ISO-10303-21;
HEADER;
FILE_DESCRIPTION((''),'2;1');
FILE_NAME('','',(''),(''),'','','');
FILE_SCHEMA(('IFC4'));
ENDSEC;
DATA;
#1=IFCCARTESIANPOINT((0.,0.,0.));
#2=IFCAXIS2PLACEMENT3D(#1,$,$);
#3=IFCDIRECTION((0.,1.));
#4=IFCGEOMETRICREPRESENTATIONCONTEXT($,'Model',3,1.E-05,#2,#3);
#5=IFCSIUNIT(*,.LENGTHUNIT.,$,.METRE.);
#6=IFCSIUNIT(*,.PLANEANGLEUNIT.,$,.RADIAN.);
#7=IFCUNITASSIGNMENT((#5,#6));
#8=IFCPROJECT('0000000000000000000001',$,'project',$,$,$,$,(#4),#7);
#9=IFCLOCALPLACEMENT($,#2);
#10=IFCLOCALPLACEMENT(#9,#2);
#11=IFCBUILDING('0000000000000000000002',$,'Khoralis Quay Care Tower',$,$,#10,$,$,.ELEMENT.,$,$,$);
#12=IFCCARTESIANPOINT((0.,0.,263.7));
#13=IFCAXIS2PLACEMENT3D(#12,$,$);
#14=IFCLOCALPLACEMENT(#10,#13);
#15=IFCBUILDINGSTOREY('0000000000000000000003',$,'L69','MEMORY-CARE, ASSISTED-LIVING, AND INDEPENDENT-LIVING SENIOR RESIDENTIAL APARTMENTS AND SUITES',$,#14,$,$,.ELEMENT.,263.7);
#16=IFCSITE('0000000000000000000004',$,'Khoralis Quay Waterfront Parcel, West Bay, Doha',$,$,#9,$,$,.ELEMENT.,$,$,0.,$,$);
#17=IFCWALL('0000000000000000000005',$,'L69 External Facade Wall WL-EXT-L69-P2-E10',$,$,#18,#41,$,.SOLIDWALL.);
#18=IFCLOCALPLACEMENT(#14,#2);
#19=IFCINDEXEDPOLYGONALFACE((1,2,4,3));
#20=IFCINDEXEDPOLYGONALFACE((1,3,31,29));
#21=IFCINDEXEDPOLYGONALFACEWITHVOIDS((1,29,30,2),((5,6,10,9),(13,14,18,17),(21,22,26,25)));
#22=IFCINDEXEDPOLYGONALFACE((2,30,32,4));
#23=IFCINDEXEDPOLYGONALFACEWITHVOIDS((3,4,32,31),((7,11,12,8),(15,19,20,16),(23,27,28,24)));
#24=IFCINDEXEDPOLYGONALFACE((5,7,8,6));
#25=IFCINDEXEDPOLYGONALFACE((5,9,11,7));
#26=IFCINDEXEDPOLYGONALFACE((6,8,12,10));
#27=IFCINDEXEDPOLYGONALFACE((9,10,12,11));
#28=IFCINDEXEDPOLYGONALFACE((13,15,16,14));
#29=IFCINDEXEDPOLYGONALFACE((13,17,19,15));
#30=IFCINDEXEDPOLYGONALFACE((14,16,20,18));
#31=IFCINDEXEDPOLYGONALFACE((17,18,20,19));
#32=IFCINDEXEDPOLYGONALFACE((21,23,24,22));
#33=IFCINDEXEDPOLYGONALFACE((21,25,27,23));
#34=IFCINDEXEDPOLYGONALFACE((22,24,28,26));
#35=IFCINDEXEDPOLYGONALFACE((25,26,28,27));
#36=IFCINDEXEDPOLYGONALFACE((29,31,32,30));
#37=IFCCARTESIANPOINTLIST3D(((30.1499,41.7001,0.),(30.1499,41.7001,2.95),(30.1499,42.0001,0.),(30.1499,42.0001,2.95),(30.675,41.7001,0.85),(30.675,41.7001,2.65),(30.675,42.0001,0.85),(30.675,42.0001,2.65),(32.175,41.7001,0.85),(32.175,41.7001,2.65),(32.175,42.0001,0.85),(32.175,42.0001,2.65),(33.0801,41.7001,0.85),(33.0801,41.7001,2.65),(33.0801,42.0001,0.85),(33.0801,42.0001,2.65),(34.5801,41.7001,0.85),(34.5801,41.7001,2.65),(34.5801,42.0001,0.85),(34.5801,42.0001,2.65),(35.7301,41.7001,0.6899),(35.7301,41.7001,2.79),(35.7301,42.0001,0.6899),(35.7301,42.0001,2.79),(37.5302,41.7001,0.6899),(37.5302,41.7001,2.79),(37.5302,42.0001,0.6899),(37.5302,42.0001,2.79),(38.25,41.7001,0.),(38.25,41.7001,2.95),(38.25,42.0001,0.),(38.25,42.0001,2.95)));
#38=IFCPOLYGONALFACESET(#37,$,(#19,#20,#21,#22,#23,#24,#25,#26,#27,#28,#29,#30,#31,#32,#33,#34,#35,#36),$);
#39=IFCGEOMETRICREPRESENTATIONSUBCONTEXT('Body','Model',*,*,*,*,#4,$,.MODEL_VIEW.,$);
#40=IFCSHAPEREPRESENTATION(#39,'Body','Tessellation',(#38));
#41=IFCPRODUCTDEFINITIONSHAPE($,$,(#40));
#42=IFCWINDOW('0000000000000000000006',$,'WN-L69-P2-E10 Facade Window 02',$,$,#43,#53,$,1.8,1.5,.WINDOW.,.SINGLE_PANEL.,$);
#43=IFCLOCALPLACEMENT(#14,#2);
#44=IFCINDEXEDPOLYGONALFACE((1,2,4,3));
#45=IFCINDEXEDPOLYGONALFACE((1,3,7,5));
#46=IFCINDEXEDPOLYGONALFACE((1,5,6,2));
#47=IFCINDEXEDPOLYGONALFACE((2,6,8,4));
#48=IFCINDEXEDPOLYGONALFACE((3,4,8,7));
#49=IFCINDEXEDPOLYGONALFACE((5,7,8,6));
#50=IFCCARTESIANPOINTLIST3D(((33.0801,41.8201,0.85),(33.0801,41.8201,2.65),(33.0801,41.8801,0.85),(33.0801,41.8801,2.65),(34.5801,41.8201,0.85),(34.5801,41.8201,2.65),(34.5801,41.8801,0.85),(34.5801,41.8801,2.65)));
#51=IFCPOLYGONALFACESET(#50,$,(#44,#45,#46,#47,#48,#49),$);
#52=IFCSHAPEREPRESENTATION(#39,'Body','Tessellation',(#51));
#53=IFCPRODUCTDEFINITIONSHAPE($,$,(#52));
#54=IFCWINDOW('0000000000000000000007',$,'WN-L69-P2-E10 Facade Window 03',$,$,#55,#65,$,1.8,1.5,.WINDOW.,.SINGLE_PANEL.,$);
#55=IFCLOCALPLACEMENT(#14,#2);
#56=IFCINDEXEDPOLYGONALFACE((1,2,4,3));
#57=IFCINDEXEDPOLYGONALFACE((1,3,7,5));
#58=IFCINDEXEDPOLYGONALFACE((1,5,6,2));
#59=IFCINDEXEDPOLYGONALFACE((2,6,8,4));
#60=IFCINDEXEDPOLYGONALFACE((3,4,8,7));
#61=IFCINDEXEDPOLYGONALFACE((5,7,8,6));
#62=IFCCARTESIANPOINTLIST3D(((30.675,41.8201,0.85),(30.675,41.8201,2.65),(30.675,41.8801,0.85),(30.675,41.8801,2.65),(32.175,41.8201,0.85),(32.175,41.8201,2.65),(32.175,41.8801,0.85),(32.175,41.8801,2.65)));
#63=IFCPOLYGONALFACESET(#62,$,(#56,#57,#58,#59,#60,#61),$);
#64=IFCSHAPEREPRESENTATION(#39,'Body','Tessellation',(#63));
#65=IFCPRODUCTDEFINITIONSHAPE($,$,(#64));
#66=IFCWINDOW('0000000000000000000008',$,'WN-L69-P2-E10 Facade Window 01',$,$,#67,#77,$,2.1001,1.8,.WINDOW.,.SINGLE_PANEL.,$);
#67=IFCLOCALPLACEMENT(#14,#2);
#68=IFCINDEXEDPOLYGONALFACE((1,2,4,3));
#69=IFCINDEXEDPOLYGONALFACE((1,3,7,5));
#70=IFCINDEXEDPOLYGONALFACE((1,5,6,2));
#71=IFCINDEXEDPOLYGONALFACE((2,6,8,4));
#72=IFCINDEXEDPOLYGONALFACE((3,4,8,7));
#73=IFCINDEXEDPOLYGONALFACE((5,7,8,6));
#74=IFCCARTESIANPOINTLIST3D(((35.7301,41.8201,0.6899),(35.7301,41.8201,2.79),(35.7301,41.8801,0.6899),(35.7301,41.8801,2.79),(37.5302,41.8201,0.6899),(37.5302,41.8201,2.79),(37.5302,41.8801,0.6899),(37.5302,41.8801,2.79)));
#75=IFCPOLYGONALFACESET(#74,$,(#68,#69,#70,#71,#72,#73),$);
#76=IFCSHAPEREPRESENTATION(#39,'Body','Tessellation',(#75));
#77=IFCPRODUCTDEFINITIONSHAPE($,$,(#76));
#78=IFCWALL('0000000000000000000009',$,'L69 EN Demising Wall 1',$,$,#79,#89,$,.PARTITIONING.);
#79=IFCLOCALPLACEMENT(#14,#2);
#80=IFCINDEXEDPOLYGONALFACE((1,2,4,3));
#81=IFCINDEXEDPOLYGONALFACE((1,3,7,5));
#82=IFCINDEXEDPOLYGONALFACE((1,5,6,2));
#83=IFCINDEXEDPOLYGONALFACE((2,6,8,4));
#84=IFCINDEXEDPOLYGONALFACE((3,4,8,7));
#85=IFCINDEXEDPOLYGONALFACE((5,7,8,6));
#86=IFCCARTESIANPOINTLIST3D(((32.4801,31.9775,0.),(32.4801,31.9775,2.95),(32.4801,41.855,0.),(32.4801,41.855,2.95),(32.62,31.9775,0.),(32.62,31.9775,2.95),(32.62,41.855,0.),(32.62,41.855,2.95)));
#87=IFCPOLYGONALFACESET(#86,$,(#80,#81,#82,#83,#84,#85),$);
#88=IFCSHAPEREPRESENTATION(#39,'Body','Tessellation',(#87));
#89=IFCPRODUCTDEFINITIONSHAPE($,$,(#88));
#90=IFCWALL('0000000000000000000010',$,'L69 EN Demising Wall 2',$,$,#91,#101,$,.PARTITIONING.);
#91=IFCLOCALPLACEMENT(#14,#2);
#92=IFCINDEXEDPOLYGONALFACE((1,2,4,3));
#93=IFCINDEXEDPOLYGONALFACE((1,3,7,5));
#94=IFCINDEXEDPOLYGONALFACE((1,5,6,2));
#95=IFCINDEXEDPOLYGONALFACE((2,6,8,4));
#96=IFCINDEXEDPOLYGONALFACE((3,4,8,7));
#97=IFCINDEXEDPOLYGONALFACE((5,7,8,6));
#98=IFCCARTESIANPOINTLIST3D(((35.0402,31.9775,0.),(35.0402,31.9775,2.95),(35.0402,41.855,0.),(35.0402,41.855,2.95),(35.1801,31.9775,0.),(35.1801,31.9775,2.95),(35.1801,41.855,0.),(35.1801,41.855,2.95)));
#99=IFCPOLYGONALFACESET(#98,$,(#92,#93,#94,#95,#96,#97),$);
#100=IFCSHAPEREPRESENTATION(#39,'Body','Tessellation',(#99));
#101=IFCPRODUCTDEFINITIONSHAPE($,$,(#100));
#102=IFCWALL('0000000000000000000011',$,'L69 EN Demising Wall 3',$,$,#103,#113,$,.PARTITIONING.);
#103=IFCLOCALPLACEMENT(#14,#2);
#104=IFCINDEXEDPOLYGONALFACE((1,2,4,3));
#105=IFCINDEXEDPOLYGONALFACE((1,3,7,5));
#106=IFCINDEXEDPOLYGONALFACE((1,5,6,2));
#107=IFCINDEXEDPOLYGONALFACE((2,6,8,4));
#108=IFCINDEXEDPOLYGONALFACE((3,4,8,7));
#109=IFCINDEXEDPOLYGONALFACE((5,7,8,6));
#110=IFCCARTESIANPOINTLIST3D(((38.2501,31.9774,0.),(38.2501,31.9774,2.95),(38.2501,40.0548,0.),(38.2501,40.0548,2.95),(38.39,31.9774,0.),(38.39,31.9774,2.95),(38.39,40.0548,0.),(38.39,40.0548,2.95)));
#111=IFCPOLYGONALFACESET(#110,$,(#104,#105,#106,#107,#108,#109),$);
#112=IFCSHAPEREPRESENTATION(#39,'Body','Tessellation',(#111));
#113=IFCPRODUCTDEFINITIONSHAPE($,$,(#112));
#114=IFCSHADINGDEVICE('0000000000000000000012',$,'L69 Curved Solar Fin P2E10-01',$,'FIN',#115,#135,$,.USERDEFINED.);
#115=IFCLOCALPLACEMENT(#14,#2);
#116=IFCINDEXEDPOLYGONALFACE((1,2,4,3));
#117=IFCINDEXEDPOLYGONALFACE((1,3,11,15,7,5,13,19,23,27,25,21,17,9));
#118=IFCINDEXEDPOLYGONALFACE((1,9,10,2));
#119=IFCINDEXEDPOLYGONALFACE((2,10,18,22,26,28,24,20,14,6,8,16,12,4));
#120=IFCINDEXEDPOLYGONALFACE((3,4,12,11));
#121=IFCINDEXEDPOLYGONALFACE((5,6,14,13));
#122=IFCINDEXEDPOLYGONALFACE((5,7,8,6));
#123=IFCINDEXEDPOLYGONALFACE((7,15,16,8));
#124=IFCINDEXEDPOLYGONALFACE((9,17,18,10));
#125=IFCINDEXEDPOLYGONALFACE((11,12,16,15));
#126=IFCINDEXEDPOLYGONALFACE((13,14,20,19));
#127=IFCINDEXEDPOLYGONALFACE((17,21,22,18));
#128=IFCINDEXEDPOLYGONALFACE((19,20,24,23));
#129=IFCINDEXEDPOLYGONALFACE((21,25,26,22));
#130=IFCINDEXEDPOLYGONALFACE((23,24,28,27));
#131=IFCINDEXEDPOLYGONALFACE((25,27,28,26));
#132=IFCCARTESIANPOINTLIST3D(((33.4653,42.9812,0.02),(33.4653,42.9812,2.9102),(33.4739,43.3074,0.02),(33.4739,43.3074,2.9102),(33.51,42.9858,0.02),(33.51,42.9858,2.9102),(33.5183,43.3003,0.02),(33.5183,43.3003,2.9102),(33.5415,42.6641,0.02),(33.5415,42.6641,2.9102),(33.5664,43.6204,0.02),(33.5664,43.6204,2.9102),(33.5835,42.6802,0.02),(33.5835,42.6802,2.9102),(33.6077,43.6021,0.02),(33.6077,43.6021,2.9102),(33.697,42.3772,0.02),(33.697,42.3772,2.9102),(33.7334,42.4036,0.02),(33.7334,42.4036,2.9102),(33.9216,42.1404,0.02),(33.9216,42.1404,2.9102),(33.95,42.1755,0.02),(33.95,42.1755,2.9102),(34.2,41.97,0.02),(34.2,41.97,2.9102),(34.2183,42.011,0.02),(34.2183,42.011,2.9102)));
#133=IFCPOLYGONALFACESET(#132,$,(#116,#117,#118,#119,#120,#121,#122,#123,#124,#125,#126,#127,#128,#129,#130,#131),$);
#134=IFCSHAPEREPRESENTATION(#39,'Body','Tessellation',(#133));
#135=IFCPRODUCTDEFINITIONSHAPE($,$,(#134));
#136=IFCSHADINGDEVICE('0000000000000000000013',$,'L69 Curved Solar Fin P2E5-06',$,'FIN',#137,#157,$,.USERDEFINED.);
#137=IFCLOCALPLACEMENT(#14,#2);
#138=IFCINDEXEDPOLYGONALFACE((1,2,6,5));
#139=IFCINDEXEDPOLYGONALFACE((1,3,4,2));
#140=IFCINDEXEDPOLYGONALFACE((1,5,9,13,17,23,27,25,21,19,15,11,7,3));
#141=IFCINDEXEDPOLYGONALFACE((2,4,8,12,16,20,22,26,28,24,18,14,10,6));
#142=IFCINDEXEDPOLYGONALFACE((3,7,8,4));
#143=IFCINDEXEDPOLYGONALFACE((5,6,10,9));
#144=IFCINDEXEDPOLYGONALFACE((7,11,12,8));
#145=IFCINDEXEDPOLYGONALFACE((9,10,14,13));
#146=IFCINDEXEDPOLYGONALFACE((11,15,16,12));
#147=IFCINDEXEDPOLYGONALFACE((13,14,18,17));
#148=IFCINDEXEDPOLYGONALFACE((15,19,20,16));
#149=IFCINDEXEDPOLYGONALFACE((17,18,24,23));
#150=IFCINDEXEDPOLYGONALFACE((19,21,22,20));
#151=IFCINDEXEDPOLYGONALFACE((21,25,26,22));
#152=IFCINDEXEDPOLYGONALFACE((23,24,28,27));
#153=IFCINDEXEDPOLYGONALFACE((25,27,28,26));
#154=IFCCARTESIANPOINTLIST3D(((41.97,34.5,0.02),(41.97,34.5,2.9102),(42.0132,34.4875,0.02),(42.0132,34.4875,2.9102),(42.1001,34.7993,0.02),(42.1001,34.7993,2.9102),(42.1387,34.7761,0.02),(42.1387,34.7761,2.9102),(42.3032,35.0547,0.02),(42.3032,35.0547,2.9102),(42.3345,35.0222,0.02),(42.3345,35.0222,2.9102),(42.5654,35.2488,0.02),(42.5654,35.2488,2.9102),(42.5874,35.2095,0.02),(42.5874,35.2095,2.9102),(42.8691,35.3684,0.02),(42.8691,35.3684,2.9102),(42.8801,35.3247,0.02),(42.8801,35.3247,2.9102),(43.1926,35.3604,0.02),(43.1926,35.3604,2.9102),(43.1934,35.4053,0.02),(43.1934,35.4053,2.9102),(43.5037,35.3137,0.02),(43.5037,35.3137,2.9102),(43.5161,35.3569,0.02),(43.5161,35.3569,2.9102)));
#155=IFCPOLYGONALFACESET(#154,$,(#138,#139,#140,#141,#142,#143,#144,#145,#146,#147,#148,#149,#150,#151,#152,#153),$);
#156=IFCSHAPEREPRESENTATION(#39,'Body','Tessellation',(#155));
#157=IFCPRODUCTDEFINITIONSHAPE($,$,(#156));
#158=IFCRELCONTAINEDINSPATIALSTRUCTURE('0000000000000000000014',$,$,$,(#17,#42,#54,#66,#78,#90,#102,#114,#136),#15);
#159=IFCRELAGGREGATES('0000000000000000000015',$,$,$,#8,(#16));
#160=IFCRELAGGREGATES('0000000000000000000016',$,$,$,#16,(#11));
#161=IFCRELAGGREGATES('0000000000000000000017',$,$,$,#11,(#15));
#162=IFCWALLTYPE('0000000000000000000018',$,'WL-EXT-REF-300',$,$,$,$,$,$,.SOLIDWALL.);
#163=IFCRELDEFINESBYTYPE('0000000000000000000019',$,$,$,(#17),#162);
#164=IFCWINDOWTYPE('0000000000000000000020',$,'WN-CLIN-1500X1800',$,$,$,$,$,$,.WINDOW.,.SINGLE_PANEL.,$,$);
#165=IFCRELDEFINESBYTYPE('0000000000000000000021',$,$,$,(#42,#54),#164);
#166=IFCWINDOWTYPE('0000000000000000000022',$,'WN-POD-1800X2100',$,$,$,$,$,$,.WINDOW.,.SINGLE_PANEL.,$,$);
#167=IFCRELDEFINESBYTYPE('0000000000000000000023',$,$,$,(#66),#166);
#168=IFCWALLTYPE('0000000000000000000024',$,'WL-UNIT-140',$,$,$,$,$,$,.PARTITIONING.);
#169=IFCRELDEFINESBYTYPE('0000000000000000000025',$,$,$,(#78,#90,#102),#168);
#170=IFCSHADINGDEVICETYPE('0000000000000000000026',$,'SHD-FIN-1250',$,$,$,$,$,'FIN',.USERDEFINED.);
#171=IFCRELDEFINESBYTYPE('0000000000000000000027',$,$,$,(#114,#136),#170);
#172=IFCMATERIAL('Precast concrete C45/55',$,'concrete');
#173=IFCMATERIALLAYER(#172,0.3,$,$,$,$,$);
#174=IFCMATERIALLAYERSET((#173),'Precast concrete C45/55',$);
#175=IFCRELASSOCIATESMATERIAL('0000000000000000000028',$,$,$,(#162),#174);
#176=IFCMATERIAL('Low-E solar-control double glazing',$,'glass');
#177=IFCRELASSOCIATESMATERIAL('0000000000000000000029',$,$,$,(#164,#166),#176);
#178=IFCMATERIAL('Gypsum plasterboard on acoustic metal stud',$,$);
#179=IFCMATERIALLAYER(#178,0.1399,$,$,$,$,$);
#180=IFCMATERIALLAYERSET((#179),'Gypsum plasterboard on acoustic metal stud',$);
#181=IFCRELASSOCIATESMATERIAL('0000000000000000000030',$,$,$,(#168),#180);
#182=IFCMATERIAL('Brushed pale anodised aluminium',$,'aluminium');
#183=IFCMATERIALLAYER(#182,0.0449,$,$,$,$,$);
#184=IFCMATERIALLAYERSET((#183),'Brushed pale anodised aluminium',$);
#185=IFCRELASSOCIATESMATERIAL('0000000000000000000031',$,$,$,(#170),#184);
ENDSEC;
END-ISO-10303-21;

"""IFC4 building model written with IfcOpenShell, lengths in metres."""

from ifc_helpers import new_model, si_unit, direction, frame, frame_2d, origin, place, context, subcontext, project, spatial, polyline, rectangle, outline, extrude, source, transform, mapped, material, layer, layer_set, type_object, element, fill, save


model = new_model("IFC4")

# Units and contexts
model_context = context("Model", 3, precision=1e-05, world=origin(), true_north=direction((0.0, 1.0)))
body_context = subcontext(model_context, "Body", "Model", "MODEL_VIEW")
ifc_project = project(units=[si_unit("LENGTHUNIT", "METRE"), si_unit("PLANEANGLEUNIT", "RADIAN")], contexts=[model_context])

# Site, building, storey
site_placement = place(None, origin())
site = spatial("IfcSite", under=ifc_project, at=site_placement, Name="Khoralis Quay Waterfront Parcel, West Bay, Doha", CompositionType="ELEMENT", RefElevation=0.0)
building_placement = place(site_placement, origin())
building = spatial("IfcBuilding", under=site, at=building_placement, Name="Khoralis Quay Care Tower", CompositionType="ELEMENT")
storey_placement = place(building_placement, frame((0.0, 0.0, 263.7)))
storey = spatial("IfcBuildingStorey", under=building, at=storey_placement, Name="L69", Description="MEMORY-CARE, ASSISTED-LIVING, AND INDEPENDENT-LIVING SENIOR RESIDENTIAL APARTMENTS AND SUITES", CompositionType="ELEMENT", Elevation=263.7)

# Shared definitions
ifc_material_1 = material(Name="Gypsum plasterboard on acoustic metal stud")

# Shared definitions
ifc_material_2 = material(Name="Precast concrete C45/55", Category="concrete")
ifc_layer_1 = layer(ifc_material_2, 0.3)
ifc_layer_set_1 = layer_set([ifc_layer_1], Name="Precast concrete C45/55")
wall_type_1 = type_object("IfcWallType", Name="WL-EXT-REF-300", PredefinedType="SOLIDWALL", material=ifc_layer_set_1)

# Wall, openings, windows
wall_1_placement = place(storey_placement, frame((38.25, 41.8501, 0.0), z_axis=(0.0, 0.0, 1.0), x_axis=(-1.0, 0.0, 0.0)))
wall_1 = element("IfcWall", 1, at=wall_1_placement, inside=storey, type_object=wall_type_1, Name="L69 External Facade Wall WL-EXT-L69-P2-E10", PredefinedType="SOLIDWALL", context=body_context, shape_type="SweptSolid", body=[
    extrude(rectangle(XDim=8.1001, YDim=0.3, at=frame_2d((4.05, 0.0))), origin(), (0.0, 0.0, 1.0), 2.95),
])
opening_1_placement = place(wall_1_placement, frame((0.72, 0.0, 0.6899)))
opening_1 = element("IfcOpeningElement", 2, at=opening_1_placement, cuts=wall_1, PredefinedType="OPENING", context=body_context, shape_type="SweptSolid", body=[
    extrude(rectangle(XDim=1.8, YDim=2.1001, at=frame_2d((0.8999, 1.05))), frame((0.0, 0.1602, 0.0), z_axis=(0.0, -1.0, 0.0), x_axis=(1.0, 0.0, 0.0)), (0.0, 0.0, 1.0), 0.3201),
])
opening_2_placement = place(wall_1_placement, frame((3.6699, 0.0, 0.8501)))
opening_2 = element("IfcOpeningElement", 3, at=opening_2_placement, cuts=wall_1, PredefinedType="OPENING", context=body_context, shape_type="SweptSolid", body=[
    extrude(rectangle(XDim=1.5, YDim=1.8, at=frame_2d((0.75, 0.8999))), frame((0.0, 0.1602, 0.0), z_axis=(0.0, -1.0, 0.0), x_axis=(1.0, 0.0, 0.0)), (0.0, 0.0, 1.0), 0.3201),
])
opening_3_placement = place(wall_1_placement, frame((6.075, 0.0, 0.8501)))
opening_3 = element("IfcOpeningElement", 4, at=opening_3_placement, cuts=wall_1, PredefinedType="OPENING", context=body_context, shape_type="SweptSolid", body=[
    extrude(rectangle(XDim=1.5, YDim=1.8, at=frame_2d((0.75, 0.8999))), frame((0.0, 0.1602, 0.0), z_axis=(0.0, -1.0, 0.0), x_axis=(1.0, 0.0, 0.0)), (0.0, 0.0, 1.0), 0.3201),
])
ifc_material_3 = material(Name="Low-E solar-control double glazing", Category="glass")
window_type_1 = type_object("IfcWindowType", Name="WN-CLIN-1500X1800", PartitioningType="SINGLE_PANEL", PredefinedType="WINDOW", material=ifc_material_3)
shared_shape_1 = source(origin(), body_context, "Body", "SweptSolid", [
    extrude(rectangle(XDim=1.5, YDim=1.8, at=frame_2d((0.75, 0.8999))), frame((0.0, 0.03, 0.0), z_axis=(0.0, -1.0, 0.0), x_axis=(1.0, 0.0, 0.0)), (0.0, 0.0, 1.0), 0.0601),
])
window_1_placement = place(opening_2_placement, origin())
window_1 = element("IfcWindow", 5, at=window_1_placement, inside=storey, type_object=window_type_1, Name="WN-L69-P2-E10 Facade Window 02", OverallHeight=1.8, OverallWidth=1.5, PartitioningType="SINGLE_PANEL", PredefinedType="WINDOW", context=body_context, shape_type="MappedRepresentation", body=[
    mapped(shared_shape_1, transform((0.0, 0.0, 0.0), scale=1.0)),
])
fill(opening_2, window_1)
window_2_placement = place(opening_3_placement, origin())
window_2 = element("IfcWindow", 6, at=window_2_placement, inside=storey, type_object=window_type_1, Name="WN-L69-P2-E10 Facade Window 03", OverallHeight=1.8, OverallWidth=1.5, PartitioningType="SINGLE_PANEL", PredefinedType="WINDOW", context=body_context, shape_type="MappedRepresentation", body=[
    mapped(shared_shape_1, transform((0.0, 0.0, 0.0), scale=1.0)),
])
fill(opening_3, window_2)
window_type_2 = type_object("IfcWindowType", Name="WN-POD-1800X2100", PartitioningType="SINGLE_PANEL", PredefinedType="WINDOW", material=ifc_material_3)
shared_shape_2 = source(origin(), body_context, "Body", "SweptSolid", [
    extrude(rectangle(XDim=1.8, YDim=2.1001, at=frame_2d((0.8999, 1.05))), frame((0.0, 0.03, 0.0), z_axis=(0.0, -1.0, 0.0), x_axis=(1.0, 0.0, 0.0)), (0.0, 0.0, 1.0), 0.0601),
])
window_3_placement = place(opening_1_placement, origin())
window_3 = element("IfcWindow", 7, at=window_3_placement, inside=storey, type_object=window_type_2, Name="WN-L69-P2-E10 Facade Window 01", OverallHeight=2.1001, OverallWidth=1.8, PartitioningType="SINGLE_PANEL", PredefinedType="WINDOW", context=body_context, shape_type="MappedRepresentation", body=[
    mapped(shared_shape_2, transform((0.0, 0.0, 0.0), scale=1.0)),
])
fill(opening_1, window_3)

# Walls
ifc_layer_2 = layer(ifc_material_1, 0.1399)
ifc_layer_set_2 = layer_set([ifc_layer_2], Name="Gypsum plasterboard on acoustic metal stud")
wall_type_2 = type_object("IfcWallType", Name="WL-UNIT-140", PredefinedType="PARTITIONING", material=ifc_layer_set_2)
for number, where, z_axis, x_axis, name in (
    (8, (32.55, 31.9775, 0.0), (0.0, 0.0, 1.0), (0.0, 1.0, 0.0), "L69 EN Demising Wall 1"),
    (9, (35.1101, 31.9775, 0.0), (0.0, 0.0, 1.0), (0.0, 1.0, 0.0), "L69 EN Demising Wall 2"),
):
    element("IfcWall", number, at=place(storey_placement, frame(where, z_axis=z_axis, x_axis=x_axis)), inside=storey, type_object=wall_type_2, Name=name, PredefinedType="PARTITIONING", context=body_context, shape_type="SweptSolid", body=[
        extrude(rectangle(XDim=9.8774, YDim=0.1399, at=frame_2d((4.9387, 0.0))), origin(), (0.0, 0.0, 1.0), 2.95),
    ])
wall_2_placement = place(storey_placement, frame((38.3201, 31.9775, 0.0), z_axis=(0.0, 0.0, 1.0), x_axis=(0.0, 1.0, 0.0)))
element("IfcWall", 10, at=wall_2_placement, inside=storey, type_object=wall_type_2, Name="L69 EN Demising Wall 3", PredefinedType="PARTITIONING", context=body_context, shape_type="SweptSolid", body=[
    extrude(rectangle(XDim=8.0774, YDim=0.1399, at=frame_2d((4.0386, 0.0))), origin(), (0.0, 0.0, 1.0), 2.95),
])

# Shading devices
ifc_material_4 = material(Name="Brushed pale anodised aluminium", Category="aluminium")
ifc_layer_3 = layer(ifc_material_4, 0.0449)
ifc_layer_set_3 = layer_set([ifc_layer_3], Name="Brushed pale anodised aluminium")
shading_device_type = type_object("IfcShadingDeviceType", Name="SHD-FIN-1250", ElementType="FIN", PredefinedType="USERDEFINED", material=ifc_layer_set_3)
shared_shape_3 = source(origin(), body_context, "Body", "SweptSolid", [
    extrude(outline(polyline([(0.0, 0.0), (0.1704, 0.2783), (0.4072, 0.5029), (0.6941, 0.6584), (1.0112, 0.7346), (1.3374, 0.7261), (1.6504, 0.6335), (1.6321, 0.5923), (1.3303, 0.6816), (1.0159, 0.6899), (0.7102, 0.6165), (0.4336, 0.4666), (0.2056, 0.25), (0.041, -0.0183), (0.0, 0.0)])), origin(), (0.0, 0.0, 1.0), 2.8901),
])
shading_device_1_placement = place(storey_placement, frame((34.2, 41.97, 0.02), z_axis=(0.0, 0.0, 1.0), x_axis=(0.0, 1.0, 0.0)))
element("IfcShadingDevice", 11, at=shading_device_1_placement, inside=storey, type_object=shading_device_type, Name="L69 Curved Solar Fin P2E10-01", ObjectType="FIN", PredefinedType="USERDEFINED", context=body_context, shape_type="MappedRepresentation", body=[
    mapped(shared_shape_3, transform((0.0, 0.0, 0.0), scale=1.0)),
])
shared_shape_4 = source(origin(), body_context, "Body", "SweptSolid", [
    extrude(outline(polyline([(0.0, 0.0), (0.1301, 0.2993), (0.3333, 0.5547), (0.5955, 0.7488), (0.8992, 0.8684), (1.2234, 0.9053), (1.5461, 0.8569), (1.5337, 0.8137), (1.2227, 0.8604), (0.9102, 0.8247), (0.6174, 0.7095), (0.3645, 0.5222), (0.1687, 0.2761), (0.0432, -0.0125), (0.0, 0.0)])), origin(), (0.0, 0.0, 1.0), 2.8901),
])
shading_device_2_placement = place(storey_placement, frame((41.97, 34.5, 0.02), z_axis=(0.0, 0.0, 1.0), x_axis=(1.0, 0.0, 0.0)))
element("IfcShadingDevice", 12, at=shading_device_2_placement, inside=storey, type_object=shading_device_type, Name="L69 Curved Solar Fin P2E5-06", ObjectType="FIN", PredefinedType="USERDEFINED", context=body_context, shape_type="MappedRepresentation", body=[
    mapped(shared_shape_4, transform((0.0, 0.0, 0.0), scale=1.0)),
])

save(model, "model.ifc")
